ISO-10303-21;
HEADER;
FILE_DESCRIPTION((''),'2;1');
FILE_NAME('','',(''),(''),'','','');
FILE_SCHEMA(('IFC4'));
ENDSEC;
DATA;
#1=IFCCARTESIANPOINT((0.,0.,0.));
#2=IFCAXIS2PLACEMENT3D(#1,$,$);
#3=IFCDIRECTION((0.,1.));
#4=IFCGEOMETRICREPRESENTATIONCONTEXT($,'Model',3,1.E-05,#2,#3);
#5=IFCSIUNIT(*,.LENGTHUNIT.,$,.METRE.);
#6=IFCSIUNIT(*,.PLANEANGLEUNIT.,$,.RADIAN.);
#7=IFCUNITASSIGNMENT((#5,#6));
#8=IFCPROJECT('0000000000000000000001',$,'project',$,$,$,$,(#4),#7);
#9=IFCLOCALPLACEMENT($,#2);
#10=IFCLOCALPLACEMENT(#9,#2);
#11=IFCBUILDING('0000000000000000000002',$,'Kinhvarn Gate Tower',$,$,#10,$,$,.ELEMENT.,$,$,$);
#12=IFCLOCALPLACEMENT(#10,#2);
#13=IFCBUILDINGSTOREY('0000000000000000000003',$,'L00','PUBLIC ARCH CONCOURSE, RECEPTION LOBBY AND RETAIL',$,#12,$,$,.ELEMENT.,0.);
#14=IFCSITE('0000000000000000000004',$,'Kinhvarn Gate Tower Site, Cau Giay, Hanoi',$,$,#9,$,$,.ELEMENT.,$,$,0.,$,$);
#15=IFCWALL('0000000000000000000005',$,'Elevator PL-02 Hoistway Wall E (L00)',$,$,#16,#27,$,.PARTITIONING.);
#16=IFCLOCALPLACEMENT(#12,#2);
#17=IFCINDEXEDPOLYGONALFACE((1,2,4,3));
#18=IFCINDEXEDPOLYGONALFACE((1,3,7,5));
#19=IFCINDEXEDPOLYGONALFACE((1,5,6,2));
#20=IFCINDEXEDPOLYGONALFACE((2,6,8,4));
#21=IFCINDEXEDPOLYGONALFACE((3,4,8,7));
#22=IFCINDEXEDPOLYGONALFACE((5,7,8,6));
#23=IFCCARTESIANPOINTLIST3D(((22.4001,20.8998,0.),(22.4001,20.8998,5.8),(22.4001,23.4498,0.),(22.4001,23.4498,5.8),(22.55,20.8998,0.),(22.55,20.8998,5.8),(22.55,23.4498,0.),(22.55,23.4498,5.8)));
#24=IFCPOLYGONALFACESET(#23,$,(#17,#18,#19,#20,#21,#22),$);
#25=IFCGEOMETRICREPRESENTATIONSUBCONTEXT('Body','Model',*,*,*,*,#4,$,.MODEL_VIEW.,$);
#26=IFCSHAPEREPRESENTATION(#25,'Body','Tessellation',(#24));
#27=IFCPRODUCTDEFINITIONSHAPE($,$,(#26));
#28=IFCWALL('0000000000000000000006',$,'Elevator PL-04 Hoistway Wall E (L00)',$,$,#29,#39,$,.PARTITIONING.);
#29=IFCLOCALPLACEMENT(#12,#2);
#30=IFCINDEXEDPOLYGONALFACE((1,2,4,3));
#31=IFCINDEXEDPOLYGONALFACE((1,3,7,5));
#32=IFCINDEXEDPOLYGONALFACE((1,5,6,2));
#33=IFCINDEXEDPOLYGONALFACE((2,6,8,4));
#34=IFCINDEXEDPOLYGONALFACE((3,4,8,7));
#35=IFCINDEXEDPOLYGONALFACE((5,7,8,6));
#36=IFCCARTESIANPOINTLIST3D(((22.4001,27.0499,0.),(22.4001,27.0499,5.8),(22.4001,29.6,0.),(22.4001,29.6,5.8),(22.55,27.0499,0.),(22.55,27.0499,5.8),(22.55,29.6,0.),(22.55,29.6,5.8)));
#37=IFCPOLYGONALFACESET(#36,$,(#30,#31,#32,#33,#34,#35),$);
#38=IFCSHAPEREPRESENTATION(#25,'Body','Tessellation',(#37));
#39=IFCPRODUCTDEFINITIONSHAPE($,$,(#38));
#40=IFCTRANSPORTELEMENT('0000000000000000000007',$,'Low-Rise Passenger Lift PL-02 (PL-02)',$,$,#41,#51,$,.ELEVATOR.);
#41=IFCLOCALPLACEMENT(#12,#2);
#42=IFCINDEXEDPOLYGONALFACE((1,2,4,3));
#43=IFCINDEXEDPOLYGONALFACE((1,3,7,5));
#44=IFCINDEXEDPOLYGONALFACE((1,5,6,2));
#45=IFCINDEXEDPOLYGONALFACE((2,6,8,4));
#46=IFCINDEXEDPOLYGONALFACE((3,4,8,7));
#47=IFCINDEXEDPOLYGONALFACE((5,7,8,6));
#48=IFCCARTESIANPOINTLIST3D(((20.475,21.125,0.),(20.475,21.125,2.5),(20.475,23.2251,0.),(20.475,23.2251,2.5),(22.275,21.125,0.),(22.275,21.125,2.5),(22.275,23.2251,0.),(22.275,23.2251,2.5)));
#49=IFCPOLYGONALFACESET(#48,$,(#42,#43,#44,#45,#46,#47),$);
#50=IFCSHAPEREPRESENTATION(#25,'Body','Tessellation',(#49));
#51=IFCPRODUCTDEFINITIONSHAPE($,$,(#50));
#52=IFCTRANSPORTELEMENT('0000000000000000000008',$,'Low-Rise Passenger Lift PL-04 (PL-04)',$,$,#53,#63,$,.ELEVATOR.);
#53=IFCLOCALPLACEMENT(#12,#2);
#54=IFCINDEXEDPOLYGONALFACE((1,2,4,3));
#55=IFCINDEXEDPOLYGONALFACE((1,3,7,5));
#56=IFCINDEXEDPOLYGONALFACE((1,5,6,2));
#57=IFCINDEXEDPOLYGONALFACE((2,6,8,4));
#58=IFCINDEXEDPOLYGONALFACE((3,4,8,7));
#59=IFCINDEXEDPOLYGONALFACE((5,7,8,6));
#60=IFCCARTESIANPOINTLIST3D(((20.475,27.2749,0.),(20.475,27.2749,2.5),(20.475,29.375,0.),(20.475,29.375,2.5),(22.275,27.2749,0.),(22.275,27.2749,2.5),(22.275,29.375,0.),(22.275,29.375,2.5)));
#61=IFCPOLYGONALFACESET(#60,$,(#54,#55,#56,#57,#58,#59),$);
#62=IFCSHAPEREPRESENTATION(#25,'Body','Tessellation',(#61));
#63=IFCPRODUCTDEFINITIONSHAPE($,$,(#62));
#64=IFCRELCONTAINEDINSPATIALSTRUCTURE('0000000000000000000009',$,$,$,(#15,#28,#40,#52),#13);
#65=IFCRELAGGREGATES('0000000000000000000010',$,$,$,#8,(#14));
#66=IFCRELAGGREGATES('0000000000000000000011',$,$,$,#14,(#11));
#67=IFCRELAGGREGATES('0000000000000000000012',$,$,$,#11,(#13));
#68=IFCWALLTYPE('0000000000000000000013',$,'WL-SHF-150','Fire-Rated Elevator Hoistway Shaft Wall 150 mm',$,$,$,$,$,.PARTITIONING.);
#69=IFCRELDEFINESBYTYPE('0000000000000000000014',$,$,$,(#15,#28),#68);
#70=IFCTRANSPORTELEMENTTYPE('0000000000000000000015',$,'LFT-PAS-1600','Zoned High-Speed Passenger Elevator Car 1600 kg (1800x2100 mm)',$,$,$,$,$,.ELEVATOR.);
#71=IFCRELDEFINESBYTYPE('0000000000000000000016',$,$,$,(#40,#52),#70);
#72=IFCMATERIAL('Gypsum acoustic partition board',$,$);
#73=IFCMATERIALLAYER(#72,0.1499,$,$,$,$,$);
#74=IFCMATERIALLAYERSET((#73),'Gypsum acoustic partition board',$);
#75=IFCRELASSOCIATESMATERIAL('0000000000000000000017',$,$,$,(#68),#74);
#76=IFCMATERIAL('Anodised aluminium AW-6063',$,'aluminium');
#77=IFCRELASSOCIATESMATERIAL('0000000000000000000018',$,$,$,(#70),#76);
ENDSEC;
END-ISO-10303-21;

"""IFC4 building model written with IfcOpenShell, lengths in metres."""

from ifc_helpers import new_model, si_unit, direction, frame, frame_2d, origin, origin_2d, place, context, subcontext, project, spatial, rectangle, extrude, material, layer, layer_set, type_object, element, save


model = new_model("IFC4")

# Units and contexts
model_context = context("Model", 3, precision=1e-05, world=origin(), true_north=direction((0.0, 1.0)))
body_context = subcontext(model_context, "Body", "Model", "MODEL_VIEW")
ifc_project = project(units=[si_unit("LENGTHUNIT", "METRE"), si_unit("PLANEANGLEUNIT", "RADIAN")], contexts=[model_context])

# Site, building, storey
site_placement = place(None, origin())
site = spatial("IfcSite", under=ifc_project, at=site_placement, Name="Kinhvarn Gate Tower Site, Cau Giay, Hanoi", CompositionType="ELEMENT", RefElevation=0.0)
building_placement = place(site_placement, origin())
building = spatial("IfcBuilding", under=site, at=building_placement, Name="Kinhvarn Gate Tower", CompositionType="ELEMENT")
storey_placement = place(building_placement, origin())
storey = spatial("IfcBuildingStorey", under=building, at=storey_placement, Name="L00", Description="PUBLIC ARCH CONCOURSE, RECEPTION LOBBY AND RETAIL", CompositionType="ELEMENT", Elevation=0.0)

# Shared definitions
ifc_material_1 = material(Name="Anodised aluminium AW-6063", Category="aluminium")

# Shared definitions
ifc_material_2 = material(Name="Gypsum acoustic partition board")

# Walls
ifc_layer_1 = layer(ifc_material_2, 0.1499)
ifc_layer_set_1 = layer_set([ifc_layer_1], Name="Gypsum acoustic partition board")
wall_type_1 = type_object("IfcWallType", Name="WL-SHF-150", Description="Fire-Rated Elevator Hoistway Shaft Wall 150 mm", PredefinedType="PARTITIONING", material=ifc_layer_set_1)
for number, where, z_axis, x_axis, name in (
    (1, (22.4751, 20.8999, 0.0), (0.0, 0.0, 1.0), (0.0, 1.0, 0.0), "Elevator PL-02 Hoistway Wall E (L00)"),
    (2, (22.4751, 27.05, 0.0), (0.0, 0.0, 1.0), (0.0, 1.0, 0.0), "Elevator PL-04 Hoistway Wall E (L00)"),
):
    element("IfcWall", number, at=place(storey_placement, frame(where, z_axis=z_axis, x_axis=x_axis)), inside=storey, type_object=wall_type_1, Name=name, PredefinedType="PARTITIONING", context=body_context, shape_type="SweptSolid", body=[
        extrude(rectangle(XDim=2.55, YDim=0.1499, at=frame_2d((1.2749, 0.0))), origin(), (0.0, 0.0, 1.0), 5.8),
    ])

# Transport elements
transport_element_type = type_object("IfcTransportElementType", Name="LFT-PAS-1600", Description="Zoned High-Speed Passenger Elevator Car 1600 kg (1800x2100 mm)", PredefinedType="ELEVATOR", material=ifc_material_1)
for number, where, z_axis, x_axis, name in (
    (3, (21.375, 22.175, 0.0), (0.0, 0.0, 1.0), (1.0, 0.0, 0.0), "Low-Rise Passenger Lift PL-02 (PL-02)"),
    (4, (21.375, 28.325, 0.0), (0.0, 0.0, 1.0), (1.0, 0.0, 0.0), "Low-Rise Passenger Lift PL-04 (PL-04)"),
):
    element("IfcTransportElement", number, at=place(storey_placement, frame(where, z_axis=z_axis, x_axis=x_axis)), inside=storey, type_object=transport_element_type, Name=name, PredefinedType="ELEVATOR", context=body_context, shape_type="SweptSolid", body=[
        extrude(rectangle(XDim=1.8, YDim=2.1001, at=origin_2d()), origin(), (0.0, 0.0, 1.0), 2.5),
    ])

save(model, "model.ifc")
